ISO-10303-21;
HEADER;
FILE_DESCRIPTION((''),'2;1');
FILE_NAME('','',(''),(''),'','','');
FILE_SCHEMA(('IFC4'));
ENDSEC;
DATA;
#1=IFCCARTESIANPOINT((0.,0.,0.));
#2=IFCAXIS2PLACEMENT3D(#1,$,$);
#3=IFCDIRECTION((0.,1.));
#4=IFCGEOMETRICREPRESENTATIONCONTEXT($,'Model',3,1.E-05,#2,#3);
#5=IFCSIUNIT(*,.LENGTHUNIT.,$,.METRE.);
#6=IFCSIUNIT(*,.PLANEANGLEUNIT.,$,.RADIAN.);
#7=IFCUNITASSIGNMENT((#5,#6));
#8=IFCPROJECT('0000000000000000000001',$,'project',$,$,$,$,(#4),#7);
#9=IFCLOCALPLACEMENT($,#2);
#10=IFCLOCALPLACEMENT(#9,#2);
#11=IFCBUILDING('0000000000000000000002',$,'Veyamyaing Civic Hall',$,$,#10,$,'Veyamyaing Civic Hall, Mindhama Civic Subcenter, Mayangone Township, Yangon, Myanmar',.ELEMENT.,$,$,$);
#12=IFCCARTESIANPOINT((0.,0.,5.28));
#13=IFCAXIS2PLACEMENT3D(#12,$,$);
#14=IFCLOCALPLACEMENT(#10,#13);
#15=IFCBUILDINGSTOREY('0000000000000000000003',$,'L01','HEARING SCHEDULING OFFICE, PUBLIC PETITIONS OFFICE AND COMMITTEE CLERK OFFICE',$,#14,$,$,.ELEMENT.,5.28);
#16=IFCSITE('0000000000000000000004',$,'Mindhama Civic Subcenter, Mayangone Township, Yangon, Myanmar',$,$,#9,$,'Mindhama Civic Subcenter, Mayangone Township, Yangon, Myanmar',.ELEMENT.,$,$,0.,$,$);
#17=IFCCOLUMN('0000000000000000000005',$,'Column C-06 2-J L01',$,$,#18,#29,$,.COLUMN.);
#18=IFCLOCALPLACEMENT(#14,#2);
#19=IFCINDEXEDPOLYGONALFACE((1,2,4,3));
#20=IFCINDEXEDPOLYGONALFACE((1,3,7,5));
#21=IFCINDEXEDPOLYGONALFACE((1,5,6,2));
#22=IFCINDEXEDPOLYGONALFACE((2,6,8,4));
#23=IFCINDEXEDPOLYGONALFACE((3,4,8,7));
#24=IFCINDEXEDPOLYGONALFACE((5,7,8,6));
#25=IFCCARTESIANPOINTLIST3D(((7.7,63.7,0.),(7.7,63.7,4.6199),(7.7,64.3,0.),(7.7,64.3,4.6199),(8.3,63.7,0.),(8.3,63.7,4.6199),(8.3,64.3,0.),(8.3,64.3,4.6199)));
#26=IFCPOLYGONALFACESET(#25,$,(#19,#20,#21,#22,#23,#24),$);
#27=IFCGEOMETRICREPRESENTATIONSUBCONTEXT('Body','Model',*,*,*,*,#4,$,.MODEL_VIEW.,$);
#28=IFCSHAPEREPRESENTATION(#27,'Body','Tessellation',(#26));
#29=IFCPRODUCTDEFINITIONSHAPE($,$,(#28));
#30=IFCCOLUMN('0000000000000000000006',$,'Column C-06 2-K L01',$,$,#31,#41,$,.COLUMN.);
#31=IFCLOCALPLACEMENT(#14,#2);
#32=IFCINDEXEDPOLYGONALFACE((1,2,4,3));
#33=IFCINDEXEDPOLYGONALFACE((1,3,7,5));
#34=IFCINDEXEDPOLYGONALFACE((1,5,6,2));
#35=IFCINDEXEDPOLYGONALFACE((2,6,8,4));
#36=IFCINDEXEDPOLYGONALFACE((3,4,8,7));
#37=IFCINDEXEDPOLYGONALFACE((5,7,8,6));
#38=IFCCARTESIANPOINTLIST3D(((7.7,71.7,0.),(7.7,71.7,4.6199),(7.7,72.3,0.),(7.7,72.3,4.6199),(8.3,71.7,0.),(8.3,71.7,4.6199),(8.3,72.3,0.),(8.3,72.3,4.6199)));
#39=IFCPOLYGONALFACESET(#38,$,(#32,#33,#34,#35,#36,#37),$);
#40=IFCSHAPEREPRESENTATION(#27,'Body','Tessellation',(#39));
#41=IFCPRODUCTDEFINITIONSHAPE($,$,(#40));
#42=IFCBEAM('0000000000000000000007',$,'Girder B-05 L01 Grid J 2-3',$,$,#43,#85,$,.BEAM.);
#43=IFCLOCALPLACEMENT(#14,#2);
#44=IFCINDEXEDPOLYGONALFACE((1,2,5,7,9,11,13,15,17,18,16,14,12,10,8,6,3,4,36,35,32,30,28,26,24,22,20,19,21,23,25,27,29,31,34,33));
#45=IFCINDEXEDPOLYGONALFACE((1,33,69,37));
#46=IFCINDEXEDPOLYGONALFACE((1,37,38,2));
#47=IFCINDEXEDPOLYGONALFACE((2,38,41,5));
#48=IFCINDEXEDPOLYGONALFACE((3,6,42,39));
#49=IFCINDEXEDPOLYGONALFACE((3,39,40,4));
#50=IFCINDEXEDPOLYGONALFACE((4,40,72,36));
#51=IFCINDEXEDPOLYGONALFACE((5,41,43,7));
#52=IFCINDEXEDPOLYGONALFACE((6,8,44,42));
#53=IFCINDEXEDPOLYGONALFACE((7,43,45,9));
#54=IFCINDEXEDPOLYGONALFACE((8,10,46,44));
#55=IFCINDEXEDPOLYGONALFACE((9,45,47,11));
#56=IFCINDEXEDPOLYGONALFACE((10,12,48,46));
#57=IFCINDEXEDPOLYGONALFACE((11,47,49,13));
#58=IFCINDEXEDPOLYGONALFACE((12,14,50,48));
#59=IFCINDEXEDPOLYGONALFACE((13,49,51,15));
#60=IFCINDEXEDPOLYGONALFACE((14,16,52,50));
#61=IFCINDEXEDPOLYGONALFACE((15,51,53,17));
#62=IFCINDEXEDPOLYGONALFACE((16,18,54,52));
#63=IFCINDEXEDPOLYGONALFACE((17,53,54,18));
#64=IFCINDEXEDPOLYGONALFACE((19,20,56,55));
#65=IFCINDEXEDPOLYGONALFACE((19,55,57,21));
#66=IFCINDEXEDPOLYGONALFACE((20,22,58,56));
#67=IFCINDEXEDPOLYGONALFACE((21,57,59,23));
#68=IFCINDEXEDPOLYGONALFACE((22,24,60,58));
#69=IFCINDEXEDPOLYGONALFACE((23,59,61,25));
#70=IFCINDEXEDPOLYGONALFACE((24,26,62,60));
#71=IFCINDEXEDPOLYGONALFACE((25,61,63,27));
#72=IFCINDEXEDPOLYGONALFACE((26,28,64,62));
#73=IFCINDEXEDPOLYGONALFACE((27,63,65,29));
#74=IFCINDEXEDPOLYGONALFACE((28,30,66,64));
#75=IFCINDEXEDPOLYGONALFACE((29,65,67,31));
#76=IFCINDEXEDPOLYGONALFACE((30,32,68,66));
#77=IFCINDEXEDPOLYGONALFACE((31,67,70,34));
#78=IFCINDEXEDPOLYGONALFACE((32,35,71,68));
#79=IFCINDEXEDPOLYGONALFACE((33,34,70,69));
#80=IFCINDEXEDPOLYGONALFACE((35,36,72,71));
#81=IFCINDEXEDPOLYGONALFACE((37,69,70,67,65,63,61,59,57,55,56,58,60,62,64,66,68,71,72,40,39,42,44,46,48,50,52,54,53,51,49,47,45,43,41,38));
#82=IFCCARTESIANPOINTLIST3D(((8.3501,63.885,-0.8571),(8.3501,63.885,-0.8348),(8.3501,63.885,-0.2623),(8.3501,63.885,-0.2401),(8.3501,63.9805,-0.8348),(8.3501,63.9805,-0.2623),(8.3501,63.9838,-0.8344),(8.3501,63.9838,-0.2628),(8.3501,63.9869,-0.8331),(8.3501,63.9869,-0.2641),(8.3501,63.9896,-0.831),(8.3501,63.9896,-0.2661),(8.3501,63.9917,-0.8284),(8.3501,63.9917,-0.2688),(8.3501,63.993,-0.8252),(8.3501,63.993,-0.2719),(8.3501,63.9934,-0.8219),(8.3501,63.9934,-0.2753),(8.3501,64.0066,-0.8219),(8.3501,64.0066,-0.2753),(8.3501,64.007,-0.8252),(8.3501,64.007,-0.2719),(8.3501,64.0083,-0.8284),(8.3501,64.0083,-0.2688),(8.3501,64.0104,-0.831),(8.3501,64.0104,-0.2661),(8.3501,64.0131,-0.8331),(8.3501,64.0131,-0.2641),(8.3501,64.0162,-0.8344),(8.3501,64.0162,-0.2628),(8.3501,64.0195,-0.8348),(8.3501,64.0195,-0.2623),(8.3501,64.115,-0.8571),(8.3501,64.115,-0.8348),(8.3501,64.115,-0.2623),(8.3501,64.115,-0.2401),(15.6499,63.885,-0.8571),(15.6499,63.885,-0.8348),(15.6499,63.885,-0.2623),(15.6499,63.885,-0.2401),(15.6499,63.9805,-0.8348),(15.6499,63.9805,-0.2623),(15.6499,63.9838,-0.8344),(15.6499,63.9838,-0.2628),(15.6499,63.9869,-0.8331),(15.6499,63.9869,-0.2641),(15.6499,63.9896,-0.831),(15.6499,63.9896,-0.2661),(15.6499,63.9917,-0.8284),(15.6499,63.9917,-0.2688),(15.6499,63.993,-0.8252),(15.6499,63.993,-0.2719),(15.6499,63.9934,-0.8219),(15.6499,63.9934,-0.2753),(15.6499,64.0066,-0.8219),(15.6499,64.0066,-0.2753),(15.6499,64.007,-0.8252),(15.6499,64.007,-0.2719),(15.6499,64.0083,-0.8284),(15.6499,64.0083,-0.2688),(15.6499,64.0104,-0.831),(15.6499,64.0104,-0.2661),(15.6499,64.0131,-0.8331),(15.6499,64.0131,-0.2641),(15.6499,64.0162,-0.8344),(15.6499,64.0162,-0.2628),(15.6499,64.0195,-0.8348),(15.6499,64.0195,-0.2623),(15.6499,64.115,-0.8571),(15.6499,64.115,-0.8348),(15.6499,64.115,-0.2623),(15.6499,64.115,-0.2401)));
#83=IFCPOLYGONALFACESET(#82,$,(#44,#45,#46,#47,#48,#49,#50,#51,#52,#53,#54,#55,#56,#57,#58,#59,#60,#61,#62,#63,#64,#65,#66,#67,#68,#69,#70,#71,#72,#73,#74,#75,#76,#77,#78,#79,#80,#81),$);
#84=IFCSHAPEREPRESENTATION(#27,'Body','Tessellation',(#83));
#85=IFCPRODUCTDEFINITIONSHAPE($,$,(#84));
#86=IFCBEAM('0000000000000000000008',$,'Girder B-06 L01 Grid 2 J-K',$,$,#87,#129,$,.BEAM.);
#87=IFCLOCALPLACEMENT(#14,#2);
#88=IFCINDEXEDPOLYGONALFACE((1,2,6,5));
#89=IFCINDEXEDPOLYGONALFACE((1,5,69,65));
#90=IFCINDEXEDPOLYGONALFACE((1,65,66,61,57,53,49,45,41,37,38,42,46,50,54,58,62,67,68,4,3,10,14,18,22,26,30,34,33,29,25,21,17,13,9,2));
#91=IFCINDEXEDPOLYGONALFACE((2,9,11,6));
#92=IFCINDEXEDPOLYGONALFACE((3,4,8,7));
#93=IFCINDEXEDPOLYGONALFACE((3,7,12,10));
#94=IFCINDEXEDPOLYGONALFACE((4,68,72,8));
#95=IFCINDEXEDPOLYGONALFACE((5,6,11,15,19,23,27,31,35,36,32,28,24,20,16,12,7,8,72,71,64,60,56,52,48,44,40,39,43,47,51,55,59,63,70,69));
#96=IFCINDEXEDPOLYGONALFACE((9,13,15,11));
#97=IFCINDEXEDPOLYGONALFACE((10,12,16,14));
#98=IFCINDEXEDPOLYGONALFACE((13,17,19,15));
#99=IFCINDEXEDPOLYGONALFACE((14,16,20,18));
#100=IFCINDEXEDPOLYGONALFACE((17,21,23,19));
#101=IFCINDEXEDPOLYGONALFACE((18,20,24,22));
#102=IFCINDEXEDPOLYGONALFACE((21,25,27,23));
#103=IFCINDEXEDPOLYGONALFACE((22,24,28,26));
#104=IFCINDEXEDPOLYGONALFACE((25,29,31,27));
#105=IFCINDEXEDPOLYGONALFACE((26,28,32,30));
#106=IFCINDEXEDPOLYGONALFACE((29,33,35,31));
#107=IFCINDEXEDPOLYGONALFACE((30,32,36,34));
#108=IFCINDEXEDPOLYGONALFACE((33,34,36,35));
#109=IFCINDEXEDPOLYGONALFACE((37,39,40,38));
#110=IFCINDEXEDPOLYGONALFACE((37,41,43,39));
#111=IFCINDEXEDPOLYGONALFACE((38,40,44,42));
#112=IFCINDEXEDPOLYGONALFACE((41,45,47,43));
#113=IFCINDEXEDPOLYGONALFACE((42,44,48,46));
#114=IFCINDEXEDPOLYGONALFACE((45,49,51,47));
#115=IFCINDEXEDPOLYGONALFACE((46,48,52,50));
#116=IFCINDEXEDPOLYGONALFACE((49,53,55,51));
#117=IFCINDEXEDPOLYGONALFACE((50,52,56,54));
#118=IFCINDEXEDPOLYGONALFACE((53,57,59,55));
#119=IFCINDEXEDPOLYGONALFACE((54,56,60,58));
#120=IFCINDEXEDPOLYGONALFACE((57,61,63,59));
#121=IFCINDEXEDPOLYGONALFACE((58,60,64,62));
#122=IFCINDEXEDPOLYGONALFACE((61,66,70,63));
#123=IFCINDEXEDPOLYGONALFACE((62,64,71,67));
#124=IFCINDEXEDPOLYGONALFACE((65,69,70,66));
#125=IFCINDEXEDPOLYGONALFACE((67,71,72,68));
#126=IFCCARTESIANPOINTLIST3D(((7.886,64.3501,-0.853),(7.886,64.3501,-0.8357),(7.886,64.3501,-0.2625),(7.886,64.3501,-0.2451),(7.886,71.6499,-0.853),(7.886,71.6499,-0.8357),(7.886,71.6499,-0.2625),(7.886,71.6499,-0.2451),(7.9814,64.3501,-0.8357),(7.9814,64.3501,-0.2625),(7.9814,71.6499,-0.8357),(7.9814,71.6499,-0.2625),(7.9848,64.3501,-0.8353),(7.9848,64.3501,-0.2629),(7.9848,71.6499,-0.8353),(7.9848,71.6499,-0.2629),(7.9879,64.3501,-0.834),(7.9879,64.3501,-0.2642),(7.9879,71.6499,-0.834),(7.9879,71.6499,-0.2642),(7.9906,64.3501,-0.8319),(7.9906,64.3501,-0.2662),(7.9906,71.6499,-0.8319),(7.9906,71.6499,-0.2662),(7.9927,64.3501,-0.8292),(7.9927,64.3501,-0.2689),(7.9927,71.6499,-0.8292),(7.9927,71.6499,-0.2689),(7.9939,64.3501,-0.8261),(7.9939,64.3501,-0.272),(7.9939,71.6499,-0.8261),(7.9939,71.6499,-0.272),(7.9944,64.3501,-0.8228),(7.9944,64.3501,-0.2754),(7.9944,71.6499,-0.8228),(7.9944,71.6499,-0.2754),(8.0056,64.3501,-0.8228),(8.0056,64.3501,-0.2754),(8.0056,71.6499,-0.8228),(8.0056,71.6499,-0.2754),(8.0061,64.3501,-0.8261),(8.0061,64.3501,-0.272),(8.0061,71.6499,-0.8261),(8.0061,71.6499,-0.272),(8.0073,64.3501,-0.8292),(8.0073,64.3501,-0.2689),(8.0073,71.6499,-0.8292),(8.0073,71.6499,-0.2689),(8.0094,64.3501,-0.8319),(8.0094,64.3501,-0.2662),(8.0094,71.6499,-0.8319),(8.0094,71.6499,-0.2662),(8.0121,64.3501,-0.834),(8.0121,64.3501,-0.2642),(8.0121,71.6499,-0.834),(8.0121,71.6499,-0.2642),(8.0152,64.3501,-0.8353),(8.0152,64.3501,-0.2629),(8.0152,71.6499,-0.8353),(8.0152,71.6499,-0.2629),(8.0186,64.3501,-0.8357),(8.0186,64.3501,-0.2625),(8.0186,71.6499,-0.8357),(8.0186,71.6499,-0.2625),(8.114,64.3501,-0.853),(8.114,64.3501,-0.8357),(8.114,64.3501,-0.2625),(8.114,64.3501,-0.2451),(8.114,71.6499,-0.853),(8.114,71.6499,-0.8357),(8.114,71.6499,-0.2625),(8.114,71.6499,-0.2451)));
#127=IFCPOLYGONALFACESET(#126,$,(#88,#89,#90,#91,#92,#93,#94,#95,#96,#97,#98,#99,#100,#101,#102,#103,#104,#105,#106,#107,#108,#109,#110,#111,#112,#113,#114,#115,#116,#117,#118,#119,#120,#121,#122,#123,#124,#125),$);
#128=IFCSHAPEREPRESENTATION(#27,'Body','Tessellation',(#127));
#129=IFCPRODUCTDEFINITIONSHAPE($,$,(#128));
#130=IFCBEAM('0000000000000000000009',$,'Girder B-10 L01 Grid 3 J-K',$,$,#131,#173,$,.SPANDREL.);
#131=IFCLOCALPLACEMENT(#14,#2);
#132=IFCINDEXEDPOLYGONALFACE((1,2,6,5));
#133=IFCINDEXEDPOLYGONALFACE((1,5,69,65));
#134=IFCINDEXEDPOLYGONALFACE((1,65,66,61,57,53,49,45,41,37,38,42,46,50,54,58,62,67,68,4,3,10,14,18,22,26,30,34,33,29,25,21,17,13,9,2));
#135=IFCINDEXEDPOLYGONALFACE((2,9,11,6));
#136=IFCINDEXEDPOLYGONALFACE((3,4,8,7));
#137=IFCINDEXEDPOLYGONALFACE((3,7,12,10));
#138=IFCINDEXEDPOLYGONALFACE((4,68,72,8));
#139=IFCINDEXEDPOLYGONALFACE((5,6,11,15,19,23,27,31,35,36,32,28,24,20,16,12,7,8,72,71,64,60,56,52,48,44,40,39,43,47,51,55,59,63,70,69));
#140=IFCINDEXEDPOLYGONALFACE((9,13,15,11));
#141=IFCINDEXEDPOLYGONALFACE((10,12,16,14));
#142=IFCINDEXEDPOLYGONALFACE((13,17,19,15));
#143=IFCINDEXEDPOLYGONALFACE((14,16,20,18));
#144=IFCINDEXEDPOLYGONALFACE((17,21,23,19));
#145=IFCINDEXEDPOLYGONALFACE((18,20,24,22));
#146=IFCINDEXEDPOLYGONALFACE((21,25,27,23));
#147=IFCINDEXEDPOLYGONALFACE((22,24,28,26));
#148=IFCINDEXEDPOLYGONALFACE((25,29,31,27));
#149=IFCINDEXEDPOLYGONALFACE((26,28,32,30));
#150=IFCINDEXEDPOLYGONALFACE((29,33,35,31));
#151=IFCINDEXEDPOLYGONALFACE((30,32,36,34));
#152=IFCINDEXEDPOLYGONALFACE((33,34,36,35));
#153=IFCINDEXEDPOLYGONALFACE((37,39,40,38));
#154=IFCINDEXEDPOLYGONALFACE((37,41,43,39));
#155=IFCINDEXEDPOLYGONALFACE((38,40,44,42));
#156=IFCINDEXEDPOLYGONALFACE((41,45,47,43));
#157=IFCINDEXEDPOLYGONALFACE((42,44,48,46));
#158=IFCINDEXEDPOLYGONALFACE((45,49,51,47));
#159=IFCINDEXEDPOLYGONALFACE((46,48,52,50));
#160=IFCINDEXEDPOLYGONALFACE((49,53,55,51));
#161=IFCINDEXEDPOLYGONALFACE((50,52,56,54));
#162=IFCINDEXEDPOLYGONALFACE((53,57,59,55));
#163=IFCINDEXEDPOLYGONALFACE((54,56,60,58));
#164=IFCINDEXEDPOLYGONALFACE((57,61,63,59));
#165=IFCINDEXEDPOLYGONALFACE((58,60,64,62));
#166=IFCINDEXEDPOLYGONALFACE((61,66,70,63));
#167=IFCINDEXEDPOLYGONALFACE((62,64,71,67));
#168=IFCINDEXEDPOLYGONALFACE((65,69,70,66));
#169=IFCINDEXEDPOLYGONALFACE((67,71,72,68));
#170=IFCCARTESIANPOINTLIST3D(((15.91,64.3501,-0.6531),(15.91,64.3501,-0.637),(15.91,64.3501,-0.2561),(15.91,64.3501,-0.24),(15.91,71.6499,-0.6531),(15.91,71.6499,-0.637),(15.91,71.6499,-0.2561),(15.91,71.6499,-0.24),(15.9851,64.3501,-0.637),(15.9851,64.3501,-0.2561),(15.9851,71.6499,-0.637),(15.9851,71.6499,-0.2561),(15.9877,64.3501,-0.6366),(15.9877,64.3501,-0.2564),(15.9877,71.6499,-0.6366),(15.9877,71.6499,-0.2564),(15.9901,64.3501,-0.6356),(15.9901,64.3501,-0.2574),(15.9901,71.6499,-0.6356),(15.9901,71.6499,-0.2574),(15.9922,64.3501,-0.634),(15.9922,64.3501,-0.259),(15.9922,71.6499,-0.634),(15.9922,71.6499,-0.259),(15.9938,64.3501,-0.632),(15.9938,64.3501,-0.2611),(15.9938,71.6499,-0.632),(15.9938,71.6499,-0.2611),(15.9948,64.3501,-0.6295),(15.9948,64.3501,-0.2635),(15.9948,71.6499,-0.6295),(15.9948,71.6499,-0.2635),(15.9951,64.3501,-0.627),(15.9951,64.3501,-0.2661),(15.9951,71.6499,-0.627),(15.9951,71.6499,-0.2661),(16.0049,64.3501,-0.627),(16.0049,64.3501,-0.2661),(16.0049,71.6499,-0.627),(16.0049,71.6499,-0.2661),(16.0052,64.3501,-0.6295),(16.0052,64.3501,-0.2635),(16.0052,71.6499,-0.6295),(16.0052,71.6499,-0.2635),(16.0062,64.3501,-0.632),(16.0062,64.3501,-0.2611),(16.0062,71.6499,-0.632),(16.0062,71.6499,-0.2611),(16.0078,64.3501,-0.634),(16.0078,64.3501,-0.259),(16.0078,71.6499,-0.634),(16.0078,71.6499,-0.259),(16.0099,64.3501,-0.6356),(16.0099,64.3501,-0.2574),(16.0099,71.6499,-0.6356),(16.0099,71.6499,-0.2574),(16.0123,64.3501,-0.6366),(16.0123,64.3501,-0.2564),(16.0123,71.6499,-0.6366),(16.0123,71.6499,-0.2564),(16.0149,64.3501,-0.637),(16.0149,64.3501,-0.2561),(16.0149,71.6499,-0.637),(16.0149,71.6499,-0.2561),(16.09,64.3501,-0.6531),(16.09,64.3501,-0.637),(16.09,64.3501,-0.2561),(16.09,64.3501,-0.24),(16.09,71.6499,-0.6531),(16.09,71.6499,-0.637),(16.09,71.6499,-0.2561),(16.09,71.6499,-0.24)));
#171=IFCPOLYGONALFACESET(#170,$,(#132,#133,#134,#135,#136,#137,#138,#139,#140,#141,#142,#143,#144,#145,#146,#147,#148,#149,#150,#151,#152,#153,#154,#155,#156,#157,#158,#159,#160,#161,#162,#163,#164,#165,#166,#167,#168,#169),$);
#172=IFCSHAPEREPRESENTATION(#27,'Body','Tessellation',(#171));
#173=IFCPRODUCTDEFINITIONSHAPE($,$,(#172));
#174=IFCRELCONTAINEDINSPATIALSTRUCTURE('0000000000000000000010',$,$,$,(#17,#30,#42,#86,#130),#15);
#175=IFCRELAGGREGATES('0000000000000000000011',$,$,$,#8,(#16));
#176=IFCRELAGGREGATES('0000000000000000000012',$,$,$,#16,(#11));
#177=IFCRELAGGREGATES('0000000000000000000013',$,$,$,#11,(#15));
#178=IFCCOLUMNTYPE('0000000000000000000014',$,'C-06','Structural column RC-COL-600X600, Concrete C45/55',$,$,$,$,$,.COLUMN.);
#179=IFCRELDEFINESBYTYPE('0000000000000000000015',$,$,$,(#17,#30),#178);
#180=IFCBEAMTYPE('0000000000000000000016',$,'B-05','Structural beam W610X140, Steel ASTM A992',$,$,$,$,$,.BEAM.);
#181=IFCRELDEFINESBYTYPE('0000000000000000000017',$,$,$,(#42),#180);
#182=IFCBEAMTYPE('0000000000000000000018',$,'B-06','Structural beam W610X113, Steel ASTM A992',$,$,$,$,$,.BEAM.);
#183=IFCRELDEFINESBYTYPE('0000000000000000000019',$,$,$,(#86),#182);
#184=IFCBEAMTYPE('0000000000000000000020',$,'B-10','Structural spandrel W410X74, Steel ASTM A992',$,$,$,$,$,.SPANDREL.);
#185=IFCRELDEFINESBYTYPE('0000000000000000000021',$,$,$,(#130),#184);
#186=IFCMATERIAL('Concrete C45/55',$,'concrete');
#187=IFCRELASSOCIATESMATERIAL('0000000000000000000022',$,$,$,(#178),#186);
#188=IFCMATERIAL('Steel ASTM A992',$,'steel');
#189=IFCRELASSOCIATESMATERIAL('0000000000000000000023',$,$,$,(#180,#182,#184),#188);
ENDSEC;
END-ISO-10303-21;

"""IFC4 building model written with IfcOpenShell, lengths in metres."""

from ifc_helpers import new_model, si_unit, direction, frame, origin, origin_2d, place, context, subcontext, project, spatial, rectangle, i_section, extrude, material, material_profile, profile_set, type_object, element, save


model = new_model("IFC4")

# Units and contexts
model_context = context("Model", 3, precision=1e-05, world=origin(), true_north=direction((0.0, 1.0)))
body_context = subcontext(model_context, "Body", "Model", "MODEL_VIEW")
ifc_project = project(units=[si_unit("LENGTHUNIT", "METRE"), si_unit("PLANEANGLEUNIT", "RADIAN")], contexts=[model_context])

# Site, building, storey
site_placement = place(None, origin())
site = spatial("IfcSite", under=ifc_project, at=site_placement, Name="Mindhama Civic Subcenter, Mayangone Township, Yangon, Myanmar", LongName="Mindhama Civic Subcenter, Mayangone Township, Yangon, Myanmar", CompositionType="ELEMENT", RefElevation=0.0)
building_placement = place(site_placement, origin())
building = spatial("IfcBuilding", under=site, at=building_placement, Name="Veyamyaing Civic Hall", LongName="Veyamyaing Civic Hall, Mindhama Civic Subcenter, Mayangone Township, Yangon, Myanmar", CompositionType="ELEMENT")
storey_placement = place(building_placement, frame((0.0, 0.0, 5.28)))
storey = spatial("IfcBuildingStorey", under=building, at=storey_placement, Name="L01", Description="HEARING SCHEDULING OFFICE, PUBLIC PETITIONS OFFICE AND COMMITTEE CLERK OFFICE", CompositionType="ELEMENT", Elevation=5.28)

# Columns
ifc_material_1 = material(Name="Concrete C45/55", Category="concrete")
ifc_material_profile_1 = material_profile(ifc_material_1, rectangle(XDim=0.6001, YDim=0.6001, at=origin_2d()), Name="RC-COL-600X600")
ifc_profile_set_1 = profile_set([ifc_material_profile_1], Name="Concrete C45/55")
column_type = type_object("IfcColumnType", Name="C-06", Description="Structural column RC-COL-600X600, Concrete C45/55", PredefinedType="COLUMN", material=ifc_profile_set_1)
for number, where, z_axis, x_axis, name in (
    (1, (8.0, 64.0, 0.0), (0.0, 0.0, 1.0), (1.0, 0.0, 0.0), "Column C-06 2-J L01"),
    (2, (8.0, 72.0, 0.0), (0.0, 0.0, 1.0), (1.0, 0.0, 0.0), "Column C-06 2-K L01"),
):
    element("IfcColumn", number, at=place(storey_placement, frame(where, z_axis=z_axis, x_axis=x_axis)), inside=storey, type_object=column_type, Name=name, PredefinedType="COLUMN", context=body_context, shape_type="SweptSolid", body=[
        extrude(rectangle(XDim=0.6001, YDim=0.6001, at=origin_2d()), origin(), (0.0, 0.0, 1.0), 4.6199),
    ])

# Beams
ifc_material_2 = material(Name="Steel ASTM A992", Category="steel")
ifc_material_profile_2 = material_profile(ifc_material_2, i_section(OverallWidth=0.23, OverallDepth=0.6169, WebThickness=0.0132, FlangeThickness=0.0222, FilletRadius=0.0129, at=origin_2d()), Name="W610X140")
ifc_profile_set_2 = profile_set([ifc_material_profile_2], Name="Steel ASTM A992")
beam_type_1 = type_object("IfcBeamType", Name="B-05", Description="Structural beam W610X140, Steel ASTM A992", PredefinedType="BEAM", material=ifc_profile_set_2)
beam_1_placement = place(storey_placement, frame((8.3501, 64.0, -0.5486), z_axis=(1.0, 0.0, 0.0), x_axis=(0.0, 1.0, 0.0)))
element("IfcBeam", 3, at=beam_1_placement, inside=storey, type_object=beam_type_1, Name="Girder B-05 L01 Grid J 2-3", PredefinedType="BEAM", context=body_context, shape_type="SweptSolid", body=[
    extrude(i_section(OverallWidth=0.23, OverallDepth=0.6169, WebThickness=0.0132, FlangeThickness=0.0222, FilletRadius=0.0129, at=origin_2d()), origin(), (0.0, 0.0, 1.0), 7.2998),
])
ifc_material_profile_3 = material_profile(ifc_material_2, i_section(OverallWidth=0.228, OverallDepth=0.6079, WebThickness=0.0112, FlangeThickness=0.0173, FilletRadius=0.0129, at=origin_2d()), Name="W610X113")
ifc_profile_set_3 = profile_set([ifc_material_profile_3], Name="Steel ASTM A992")
beam_type_2 = type_object("IfcBeamType", Name="B-06", Description="Structural beam W610X113, Steel ASTM A992", PredefinedType="BEAM", material=ifc_profile_set_3)
beam_2_placement = place(storey_placement, frame((8.0, 64.3501, -0.5491), z_axis=(0.0, 1.0, 0.0), x_axis=(-1.0, 0.0, 0.0)))
element("IfcBeam", 4, at=beam_2_placement, inside=storey, type_object=beam_type_2, Name="Girder B-06 L01 Grid 2 J-K", PredefinedType="BEAM", context=body_context, shape_type="SweptSolid", body=[
    extrude(i_section(OverallWidth=0.228, OverallDepth=0.6079, WebThickness=0.0112, FlangeThickness=0.0173, FilletRadius=0.0129, at=origin_2d()), origin(), (0.0, 0.0, 1.0), 7.2998),
])
ifc_material_profile_4 = material_profile(ifc_material_2, i_section(OverallWidth=0.1799, OverallDepth=0.4131, WebThickness=0.0098, FlangeThickness=0.0161, FilletRadius=0.01, at=origin_2d()), Name="W410X74")
ifc_profile_set_4 = profile_set([ifc_material_profile_4], Name="Steel ASTM A992")
beam_type_3 = type_object("IfcBeamType", Name="B-10", Description="Structural spandrel W410X74, Steel ASTM A992", PredefinedType="SPANDREL", material=ifc_profile_set_4)
beam_3_placement = place(storey_placement, frame((16.0, 64.3501, -0.4465), z_axis=(0.0, 1.0, 0.0), x_axis=(-1.0, 0.0, 0.0)))
element("IfcBeam", 5, at=beam_3_placement, inside=storey, type_object=beam_type_3, Name="Girder B-10 L01 Grid 3 J-K", PredefinedType="SPANDREL", context=body_context, shape_type="SweptSolid", body=[
    extrude(i_section(OverallWidth=0.1799, OverallDepth=0.4131, WebThickness=0.0098, FlangeThickness=0.0161, FilletRadius=0.01, at=origin_2d()), origin(), (0.0, 0.0, 1.0), 7.2998),
])

save(model, "model.ifc")
